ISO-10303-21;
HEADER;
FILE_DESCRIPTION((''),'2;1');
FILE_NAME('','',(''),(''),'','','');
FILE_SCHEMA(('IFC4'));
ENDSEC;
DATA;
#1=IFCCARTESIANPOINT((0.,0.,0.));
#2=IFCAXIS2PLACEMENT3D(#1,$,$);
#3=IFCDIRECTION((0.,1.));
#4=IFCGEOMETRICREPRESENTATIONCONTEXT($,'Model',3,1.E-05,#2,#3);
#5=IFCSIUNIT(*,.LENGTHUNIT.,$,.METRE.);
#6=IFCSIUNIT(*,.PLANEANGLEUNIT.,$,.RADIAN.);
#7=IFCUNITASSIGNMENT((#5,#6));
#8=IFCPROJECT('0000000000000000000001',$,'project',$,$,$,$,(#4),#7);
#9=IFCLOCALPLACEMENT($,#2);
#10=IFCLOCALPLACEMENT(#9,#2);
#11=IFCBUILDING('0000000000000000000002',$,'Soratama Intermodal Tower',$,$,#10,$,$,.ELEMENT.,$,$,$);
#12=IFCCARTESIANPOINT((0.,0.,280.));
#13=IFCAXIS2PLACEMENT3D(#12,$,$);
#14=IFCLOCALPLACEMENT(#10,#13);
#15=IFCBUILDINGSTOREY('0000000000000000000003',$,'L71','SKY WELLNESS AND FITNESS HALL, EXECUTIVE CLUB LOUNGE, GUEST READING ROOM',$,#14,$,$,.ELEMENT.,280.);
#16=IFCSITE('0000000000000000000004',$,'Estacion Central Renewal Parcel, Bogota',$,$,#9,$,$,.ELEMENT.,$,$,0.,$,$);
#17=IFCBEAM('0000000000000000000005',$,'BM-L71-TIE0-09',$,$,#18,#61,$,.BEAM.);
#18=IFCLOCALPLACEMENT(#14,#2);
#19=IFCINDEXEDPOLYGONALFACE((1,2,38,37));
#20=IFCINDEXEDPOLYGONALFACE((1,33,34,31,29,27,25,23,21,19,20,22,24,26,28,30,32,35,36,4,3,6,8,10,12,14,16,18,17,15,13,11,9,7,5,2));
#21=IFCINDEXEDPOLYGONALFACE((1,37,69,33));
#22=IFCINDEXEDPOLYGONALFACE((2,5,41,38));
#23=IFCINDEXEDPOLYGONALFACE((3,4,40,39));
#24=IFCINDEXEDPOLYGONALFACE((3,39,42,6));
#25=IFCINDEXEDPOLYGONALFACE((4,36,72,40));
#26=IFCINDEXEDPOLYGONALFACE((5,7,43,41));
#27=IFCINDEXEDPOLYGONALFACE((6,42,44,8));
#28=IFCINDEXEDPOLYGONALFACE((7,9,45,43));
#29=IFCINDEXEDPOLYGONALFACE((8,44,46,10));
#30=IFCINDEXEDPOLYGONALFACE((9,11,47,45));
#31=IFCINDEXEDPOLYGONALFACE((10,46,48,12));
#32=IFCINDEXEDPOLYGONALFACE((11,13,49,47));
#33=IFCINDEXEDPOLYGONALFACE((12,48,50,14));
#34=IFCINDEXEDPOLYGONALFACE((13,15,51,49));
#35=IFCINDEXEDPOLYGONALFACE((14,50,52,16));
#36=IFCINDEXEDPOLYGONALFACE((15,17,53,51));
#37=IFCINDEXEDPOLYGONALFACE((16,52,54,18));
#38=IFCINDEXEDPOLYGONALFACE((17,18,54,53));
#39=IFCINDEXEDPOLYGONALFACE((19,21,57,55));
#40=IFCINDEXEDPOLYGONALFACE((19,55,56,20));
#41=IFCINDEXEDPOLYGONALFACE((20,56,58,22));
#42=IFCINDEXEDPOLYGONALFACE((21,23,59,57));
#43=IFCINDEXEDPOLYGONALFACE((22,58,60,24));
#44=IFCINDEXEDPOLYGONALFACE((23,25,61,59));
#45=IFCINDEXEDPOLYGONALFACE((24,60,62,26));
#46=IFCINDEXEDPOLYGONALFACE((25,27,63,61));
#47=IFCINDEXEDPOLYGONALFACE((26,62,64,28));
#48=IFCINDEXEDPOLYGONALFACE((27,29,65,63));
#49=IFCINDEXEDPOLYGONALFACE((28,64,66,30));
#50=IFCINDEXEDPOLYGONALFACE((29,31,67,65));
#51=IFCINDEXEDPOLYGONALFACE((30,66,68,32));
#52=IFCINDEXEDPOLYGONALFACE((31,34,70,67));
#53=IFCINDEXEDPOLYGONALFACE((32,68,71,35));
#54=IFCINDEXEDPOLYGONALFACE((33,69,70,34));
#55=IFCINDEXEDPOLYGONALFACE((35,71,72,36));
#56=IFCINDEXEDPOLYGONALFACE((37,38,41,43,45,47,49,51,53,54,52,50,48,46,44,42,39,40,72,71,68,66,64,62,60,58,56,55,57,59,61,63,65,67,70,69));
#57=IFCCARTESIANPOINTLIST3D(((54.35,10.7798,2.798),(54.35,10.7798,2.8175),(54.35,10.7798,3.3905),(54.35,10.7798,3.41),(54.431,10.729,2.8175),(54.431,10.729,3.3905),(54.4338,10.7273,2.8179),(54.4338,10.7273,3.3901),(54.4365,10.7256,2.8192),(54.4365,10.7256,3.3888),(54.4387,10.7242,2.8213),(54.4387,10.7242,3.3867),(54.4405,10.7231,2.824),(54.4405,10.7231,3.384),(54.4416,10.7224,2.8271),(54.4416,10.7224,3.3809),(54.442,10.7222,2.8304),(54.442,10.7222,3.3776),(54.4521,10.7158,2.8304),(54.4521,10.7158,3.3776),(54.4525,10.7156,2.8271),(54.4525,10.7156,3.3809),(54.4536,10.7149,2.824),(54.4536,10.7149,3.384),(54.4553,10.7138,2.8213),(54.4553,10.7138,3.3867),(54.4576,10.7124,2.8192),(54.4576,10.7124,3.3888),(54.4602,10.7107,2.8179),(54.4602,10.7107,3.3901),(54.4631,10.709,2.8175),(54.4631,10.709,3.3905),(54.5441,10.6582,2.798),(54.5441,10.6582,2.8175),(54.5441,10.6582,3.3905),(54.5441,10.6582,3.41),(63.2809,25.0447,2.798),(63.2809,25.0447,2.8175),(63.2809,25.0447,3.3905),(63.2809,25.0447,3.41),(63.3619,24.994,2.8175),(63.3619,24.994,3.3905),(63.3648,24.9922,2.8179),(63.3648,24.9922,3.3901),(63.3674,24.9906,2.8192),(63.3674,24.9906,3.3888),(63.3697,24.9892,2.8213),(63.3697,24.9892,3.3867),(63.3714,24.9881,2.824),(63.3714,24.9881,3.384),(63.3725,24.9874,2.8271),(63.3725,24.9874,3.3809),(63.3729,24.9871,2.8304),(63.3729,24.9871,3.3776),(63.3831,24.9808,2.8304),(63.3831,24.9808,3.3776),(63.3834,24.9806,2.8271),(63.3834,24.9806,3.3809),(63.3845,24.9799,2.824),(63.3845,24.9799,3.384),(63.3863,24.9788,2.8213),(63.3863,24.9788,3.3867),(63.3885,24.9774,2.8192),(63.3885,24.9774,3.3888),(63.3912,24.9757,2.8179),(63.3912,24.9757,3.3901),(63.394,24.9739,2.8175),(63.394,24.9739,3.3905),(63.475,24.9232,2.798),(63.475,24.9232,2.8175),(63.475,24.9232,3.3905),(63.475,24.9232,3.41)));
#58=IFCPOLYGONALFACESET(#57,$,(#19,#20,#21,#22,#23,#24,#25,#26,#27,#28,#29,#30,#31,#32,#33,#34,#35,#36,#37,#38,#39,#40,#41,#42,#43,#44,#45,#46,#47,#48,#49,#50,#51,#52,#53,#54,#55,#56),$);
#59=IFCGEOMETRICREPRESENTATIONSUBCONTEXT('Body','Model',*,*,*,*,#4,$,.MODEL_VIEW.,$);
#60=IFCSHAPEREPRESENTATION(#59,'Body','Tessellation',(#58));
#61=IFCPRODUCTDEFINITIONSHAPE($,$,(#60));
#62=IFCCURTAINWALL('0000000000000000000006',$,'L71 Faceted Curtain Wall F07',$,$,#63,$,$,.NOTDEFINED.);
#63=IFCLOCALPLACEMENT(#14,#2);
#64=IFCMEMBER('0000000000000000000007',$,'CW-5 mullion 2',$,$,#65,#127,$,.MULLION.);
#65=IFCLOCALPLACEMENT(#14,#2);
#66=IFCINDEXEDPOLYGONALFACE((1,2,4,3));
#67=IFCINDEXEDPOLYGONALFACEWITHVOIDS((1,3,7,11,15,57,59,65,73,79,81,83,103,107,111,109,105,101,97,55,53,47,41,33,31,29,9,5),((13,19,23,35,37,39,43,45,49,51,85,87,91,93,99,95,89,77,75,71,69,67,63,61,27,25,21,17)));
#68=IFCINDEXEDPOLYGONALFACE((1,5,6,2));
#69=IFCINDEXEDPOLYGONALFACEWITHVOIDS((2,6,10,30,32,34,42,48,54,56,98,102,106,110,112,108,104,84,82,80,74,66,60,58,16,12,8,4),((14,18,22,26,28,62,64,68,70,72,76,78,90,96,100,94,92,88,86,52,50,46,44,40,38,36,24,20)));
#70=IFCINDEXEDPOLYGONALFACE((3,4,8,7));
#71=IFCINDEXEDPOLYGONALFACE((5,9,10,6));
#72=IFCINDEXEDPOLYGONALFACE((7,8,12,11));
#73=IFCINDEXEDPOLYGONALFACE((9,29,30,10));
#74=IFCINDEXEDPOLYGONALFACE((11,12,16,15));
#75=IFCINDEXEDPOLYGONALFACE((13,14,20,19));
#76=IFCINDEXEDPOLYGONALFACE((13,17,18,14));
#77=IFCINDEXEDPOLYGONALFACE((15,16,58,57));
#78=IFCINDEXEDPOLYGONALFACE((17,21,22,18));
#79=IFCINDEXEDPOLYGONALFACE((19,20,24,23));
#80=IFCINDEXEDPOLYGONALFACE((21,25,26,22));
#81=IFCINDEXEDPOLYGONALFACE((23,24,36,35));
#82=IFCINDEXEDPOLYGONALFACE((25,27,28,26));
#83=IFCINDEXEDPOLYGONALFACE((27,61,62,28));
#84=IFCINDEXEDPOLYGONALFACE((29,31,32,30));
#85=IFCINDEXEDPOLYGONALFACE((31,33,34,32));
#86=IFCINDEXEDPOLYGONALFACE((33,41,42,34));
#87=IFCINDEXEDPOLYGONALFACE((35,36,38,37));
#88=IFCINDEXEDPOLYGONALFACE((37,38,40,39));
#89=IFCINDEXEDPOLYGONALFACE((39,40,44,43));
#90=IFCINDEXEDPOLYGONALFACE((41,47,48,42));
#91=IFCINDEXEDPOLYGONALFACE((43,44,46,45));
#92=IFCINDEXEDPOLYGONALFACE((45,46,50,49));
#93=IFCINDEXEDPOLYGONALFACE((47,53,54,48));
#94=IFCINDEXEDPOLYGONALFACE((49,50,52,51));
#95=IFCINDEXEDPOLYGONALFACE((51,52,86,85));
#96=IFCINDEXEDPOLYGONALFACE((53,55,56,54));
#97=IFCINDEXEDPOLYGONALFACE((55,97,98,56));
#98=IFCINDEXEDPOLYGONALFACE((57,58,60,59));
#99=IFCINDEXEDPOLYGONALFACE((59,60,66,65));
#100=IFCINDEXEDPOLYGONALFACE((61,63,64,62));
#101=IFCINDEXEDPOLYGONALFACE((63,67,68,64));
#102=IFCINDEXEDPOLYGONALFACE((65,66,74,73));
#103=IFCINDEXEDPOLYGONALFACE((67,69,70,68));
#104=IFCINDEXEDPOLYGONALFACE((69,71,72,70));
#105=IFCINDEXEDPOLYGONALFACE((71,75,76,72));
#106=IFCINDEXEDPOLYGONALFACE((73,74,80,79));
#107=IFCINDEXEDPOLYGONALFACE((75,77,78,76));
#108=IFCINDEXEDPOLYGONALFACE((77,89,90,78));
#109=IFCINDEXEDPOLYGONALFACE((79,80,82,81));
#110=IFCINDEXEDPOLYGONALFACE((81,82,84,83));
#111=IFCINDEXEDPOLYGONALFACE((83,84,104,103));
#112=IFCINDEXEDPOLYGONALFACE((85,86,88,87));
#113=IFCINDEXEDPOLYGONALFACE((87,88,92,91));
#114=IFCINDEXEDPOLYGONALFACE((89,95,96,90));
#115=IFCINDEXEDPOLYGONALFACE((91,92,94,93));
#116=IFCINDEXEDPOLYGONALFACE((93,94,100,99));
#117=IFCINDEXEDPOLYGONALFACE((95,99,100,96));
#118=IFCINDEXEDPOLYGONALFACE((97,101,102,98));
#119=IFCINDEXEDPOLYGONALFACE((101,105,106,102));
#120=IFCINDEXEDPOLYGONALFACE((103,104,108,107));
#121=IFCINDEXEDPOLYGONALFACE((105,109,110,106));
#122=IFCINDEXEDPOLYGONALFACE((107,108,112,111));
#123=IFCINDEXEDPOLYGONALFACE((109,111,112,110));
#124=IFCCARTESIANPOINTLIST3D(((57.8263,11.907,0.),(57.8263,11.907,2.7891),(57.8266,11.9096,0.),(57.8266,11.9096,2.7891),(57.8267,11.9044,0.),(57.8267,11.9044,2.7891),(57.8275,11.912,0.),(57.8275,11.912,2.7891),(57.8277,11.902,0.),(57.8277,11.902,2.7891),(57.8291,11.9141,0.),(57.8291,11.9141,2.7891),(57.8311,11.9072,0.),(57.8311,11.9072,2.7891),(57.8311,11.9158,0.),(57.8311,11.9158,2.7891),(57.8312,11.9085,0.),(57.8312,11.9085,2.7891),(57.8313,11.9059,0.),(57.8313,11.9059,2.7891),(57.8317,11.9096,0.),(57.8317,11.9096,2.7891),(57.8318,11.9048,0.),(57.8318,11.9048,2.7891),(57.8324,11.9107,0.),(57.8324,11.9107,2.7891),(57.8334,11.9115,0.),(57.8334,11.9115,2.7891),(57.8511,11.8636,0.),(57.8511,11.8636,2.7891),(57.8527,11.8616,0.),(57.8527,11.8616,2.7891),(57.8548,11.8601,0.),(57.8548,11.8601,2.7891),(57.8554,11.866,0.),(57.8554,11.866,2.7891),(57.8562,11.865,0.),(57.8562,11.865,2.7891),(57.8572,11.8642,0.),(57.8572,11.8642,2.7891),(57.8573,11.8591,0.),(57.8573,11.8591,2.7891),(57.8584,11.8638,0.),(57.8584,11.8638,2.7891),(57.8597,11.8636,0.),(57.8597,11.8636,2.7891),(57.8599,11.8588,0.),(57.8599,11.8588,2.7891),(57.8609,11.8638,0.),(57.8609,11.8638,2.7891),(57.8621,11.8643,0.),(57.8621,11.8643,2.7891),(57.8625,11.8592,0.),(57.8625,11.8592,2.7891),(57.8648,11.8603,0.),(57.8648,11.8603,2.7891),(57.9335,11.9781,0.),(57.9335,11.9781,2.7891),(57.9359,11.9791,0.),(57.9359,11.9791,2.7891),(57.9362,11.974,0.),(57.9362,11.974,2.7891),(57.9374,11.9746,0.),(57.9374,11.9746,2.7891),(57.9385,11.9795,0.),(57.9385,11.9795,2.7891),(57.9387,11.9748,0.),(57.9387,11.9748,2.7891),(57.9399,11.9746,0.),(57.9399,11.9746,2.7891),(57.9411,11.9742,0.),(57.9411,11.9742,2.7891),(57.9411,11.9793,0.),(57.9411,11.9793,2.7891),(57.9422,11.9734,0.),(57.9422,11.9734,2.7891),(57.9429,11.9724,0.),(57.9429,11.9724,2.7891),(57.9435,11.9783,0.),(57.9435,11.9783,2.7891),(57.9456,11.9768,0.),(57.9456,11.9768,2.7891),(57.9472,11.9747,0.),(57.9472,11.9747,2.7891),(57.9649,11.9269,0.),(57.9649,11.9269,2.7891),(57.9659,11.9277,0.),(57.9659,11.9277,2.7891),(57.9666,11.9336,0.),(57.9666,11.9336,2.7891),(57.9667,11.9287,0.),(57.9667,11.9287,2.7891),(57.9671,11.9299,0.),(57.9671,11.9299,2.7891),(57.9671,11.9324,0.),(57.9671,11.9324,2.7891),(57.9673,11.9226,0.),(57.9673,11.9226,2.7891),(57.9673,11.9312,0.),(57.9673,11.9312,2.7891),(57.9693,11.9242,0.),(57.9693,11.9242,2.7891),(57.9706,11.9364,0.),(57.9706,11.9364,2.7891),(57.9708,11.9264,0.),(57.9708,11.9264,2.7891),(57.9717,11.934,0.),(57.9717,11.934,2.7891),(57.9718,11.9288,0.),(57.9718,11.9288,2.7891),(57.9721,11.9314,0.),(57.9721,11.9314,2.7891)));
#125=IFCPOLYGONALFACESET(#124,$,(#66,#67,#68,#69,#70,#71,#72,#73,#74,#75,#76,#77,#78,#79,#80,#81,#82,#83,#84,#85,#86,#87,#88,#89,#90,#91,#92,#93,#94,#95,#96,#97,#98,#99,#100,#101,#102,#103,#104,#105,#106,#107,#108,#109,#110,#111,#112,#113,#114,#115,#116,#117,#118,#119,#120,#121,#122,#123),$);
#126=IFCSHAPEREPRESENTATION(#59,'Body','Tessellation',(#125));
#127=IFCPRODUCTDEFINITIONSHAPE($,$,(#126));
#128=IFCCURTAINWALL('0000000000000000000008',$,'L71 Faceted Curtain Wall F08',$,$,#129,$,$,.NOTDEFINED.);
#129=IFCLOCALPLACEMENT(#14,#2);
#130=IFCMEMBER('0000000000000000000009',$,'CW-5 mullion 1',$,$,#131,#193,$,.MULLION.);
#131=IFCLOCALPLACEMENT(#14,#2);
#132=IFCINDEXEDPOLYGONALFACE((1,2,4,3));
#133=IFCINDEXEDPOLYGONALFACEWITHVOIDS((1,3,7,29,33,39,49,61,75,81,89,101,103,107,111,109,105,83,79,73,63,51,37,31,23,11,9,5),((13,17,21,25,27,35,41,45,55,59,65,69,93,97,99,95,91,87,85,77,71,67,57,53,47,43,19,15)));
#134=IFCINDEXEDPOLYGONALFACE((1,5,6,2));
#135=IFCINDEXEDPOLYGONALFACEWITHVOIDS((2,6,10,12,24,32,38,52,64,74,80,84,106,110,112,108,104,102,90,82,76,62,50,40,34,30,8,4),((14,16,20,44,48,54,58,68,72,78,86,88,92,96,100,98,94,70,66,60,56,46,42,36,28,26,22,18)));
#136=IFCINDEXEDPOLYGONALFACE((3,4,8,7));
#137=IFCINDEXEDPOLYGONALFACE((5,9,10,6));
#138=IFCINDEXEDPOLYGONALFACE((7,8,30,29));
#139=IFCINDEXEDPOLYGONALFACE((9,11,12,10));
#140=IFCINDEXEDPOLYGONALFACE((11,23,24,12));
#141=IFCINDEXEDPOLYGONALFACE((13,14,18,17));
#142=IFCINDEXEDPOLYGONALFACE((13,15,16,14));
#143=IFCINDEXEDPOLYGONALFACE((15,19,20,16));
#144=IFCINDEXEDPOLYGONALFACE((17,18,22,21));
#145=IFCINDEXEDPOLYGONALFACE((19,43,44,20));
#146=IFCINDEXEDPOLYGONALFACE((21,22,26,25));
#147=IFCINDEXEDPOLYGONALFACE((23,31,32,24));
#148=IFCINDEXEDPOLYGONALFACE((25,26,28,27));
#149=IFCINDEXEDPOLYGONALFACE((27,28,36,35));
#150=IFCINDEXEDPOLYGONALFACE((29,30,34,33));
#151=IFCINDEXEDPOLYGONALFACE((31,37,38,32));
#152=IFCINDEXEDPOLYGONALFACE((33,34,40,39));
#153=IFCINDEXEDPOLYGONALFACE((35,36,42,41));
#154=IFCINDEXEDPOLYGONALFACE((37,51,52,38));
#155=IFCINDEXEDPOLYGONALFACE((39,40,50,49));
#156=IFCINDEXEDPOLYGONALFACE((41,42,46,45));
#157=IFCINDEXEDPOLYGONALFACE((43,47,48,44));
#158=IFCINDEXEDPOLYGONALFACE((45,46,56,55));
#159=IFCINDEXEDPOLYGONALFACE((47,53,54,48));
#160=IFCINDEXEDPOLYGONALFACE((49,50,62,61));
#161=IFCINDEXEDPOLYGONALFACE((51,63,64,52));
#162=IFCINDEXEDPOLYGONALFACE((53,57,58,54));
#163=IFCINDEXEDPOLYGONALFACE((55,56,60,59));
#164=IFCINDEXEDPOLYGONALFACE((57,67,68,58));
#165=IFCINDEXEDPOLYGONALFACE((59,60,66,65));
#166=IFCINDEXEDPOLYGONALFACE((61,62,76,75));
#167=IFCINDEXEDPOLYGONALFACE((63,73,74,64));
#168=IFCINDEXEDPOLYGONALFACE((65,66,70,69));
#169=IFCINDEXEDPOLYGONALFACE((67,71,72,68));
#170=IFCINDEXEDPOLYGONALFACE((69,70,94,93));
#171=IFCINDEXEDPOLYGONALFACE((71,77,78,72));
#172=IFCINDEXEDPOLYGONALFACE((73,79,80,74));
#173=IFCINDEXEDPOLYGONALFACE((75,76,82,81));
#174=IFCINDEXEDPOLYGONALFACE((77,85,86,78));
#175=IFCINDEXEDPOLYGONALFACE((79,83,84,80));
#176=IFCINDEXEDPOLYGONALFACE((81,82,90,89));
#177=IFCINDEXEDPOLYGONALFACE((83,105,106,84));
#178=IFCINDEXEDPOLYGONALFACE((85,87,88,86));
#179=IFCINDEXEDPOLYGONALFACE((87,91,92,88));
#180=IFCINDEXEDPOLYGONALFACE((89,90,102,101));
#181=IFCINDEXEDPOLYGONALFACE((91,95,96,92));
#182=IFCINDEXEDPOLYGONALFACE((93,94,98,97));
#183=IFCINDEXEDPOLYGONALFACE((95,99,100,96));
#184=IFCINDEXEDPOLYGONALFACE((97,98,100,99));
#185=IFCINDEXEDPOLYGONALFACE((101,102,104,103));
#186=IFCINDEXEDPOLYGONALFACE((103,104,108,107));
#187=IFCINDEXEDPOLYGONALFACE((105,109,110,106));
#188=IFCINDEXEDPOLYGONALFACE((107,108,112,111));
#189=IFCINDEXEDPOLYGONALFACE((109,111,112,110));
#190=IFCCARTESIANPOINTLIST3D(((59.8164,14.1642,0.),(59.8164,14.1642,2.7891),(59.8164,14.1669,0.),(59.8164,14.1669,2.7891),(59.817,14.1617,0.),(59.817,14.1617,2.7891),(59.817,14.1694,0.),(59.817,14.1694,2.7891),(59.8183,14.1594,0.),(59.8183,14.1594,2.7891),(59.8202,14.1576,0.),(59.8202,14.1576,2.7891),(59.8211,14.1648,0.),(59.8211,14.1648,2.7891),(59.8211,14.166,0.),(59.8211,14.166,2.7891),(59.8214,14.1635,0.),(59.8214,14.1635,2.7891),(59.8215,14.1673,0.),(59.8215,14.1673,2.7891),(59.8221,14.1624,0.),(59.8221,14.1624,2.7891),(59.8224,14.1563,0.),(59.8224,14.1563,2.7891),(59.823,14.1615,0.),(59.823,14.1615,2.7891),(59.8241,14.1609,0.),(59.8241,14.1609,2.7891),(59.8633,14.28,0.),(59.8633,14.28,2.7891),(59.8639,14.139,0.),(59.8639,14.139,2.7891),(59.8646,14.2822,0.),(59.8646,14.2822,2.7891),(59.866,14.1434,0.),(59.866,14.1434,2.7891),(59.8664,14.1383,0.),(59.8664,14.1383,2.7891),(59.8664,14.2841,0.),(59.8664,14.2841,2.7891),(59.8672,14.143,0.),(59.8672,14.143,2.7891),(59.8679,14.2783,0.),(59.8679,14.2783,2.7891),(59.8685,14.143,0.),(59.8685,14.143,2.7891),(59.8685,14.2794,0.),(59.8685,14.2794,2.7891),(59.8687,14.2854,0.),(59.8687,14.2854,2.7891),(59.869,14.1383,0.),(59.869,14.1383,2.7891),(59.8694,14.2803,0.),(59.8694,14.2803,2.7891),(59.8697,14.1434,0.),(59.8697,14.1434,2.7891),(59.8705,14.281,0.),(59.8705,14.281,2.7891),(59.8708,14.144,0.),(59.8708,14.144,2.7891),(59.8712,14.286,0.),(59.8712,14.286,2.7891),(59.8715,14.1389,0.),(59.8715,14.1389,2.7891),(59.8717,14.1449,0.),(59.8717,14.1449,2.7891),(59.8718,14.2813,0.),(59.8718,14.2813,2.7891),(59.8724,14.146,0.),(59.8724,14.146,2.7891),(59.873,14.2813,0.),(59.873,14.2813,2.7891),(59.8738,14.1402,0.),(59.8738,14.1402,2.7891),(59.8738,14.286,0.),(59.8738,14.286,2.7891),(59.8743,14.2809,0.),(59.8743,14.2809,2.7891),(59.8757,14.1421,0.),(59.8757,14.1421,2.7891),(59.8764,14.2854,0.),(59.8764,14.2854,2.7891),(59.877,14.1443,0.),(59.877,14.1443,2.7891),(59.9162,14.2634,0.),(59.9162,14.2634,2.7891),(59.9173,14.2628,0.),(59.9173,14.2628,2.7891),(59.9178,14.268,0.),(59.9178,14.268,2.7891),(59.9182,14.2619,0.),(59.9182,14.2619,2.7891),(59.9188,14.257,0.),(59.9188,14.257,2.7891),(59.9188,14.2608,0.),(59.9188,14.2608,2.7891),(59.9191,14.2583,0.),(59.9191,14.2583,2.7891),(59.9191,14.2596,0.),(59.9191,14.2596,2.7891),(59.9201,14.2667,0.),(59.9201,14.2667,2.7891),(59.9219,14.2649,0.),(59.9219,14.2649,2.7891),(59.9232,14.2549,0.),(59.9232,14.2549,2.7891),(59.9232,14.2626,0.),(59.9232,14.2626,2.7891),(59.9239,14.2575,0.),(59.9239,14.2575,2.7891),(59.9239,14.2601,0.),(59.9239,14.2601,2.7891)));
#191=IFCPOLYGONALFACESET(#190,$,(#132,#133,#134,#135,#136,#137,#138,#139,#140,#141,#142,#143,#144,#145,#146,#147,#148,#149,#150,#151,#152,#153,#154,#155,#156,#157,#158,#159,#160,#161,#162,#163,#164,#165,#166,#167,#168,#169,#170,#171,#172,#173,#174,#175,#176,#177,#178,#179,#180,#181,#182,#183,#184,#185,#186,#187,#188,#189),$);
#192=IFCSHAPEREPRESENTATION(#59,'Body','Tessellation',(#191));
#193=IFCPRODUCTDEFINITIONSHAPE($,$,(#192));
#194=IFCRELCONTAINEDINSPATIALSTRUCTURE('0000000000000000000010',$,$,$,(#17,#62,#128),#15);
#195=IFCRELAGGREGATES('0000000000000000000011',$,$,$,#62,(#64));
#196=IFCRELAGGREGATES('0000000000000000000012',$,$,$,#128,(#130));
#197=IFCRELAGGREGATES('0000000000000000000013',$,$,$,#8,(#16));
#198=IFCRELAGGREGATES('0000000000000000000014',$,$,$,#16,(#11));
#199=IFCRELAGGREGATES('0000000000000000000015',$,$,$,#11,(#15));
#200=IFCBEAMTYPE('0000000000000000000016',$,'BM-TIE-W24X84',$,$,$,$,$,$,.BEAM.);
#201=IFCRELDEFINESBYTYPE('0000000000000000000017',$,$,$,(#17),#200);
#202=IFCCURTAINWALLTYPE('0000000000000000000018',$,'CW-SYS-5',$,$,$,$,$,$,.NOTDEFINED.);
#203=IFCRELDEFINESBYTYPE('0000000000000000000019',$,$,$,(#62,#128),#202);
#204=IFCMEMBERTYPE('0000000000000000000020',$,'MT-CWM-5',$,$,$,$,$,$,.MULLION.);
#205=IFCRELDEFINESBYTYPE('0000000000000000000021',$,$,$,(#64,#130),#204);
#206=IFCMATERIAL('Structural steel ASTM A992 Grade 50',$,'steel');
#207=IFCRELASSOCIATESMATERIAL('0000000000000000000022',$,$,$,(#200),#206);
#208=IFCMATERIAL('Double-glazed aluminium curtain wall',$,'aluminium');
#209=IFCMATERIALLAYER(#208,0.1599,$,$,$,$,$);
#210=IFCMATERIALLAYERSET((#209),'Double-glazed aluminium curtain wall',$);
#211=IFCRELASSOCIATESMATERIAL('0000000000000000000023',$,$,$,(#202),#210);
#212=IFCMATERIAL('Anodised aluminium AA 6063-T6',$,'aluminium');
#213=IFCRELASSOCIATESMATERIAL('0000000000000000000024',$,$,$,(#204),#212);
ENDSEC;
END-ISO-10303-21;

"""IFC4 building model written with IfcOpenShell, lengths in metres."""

from ifc_helpers import new_model, si_unit, direction, frame, origin, origin_2d, place, context, subcontext, project, spatial, hollow_rectangle, i_section, extrude, material, layer, layer_set, material_profile, profile_set, type_object, element, aggregate, save


model = new_model("IFC4")

# Units and contexts
model_context = context("Model", 3, precision=1e-05, world=origin(), true_north=direction((0.0, 1.0)))
body_context = subcontext(model_context, "Body", "Model", "MODEL_VIEW")
ifc_project = project(units=[si_unit("LENGTHUNIT", "METRE"), si_unit("PLANEANGLEUNIT", "RADIAN")], contexts=[model_context])

# Site, building, storey
site_placement = place(None, origin())
site = spatial("IfcSite", under=ifc_project, at=site_placement, Name="Estacion Central Renewal Parcel, Bogota", CompositionType="ELEMENT", RefElevation=0.0)
building_placement = place(site_placement, origin())
building = spatial("IfcBuilding", under=site, at=building_placement, Name="Soratama Intermodal Tower", CompositionType="ELEMENT")
storey_placement = place(building_placement, frame((0.0, 0.0, 280.0)))
storey = spatial("IfcBuildingStorey", under=building, at=storey_placement, Name="L71", Description="SKY WELLNESS AND FITNESS HALL, EXECUTIVE CLUB LOUNGE, GUEST READING ROOM", CompositionType="ELEMENT", Elevation=280.0)

# Beam
ifc_material_1 = material(Name="Structural steel ASTM A992 Grade 50", Category="steel")
ifc_material_profile_1 = material_profile(ifc_material_1, i_section(OverallWidth=0.229, OverallDepth=0.6121, WebThickness=0.012, FlangeThickness=0.0195, FilletRadius=0.0129, at=origin_2d()), Name="W24X84")
ifc_profile_set_1 = profile_set([ifc_material_profile_1], Name="Structural steel ASTM A992 Grade 50")
beam_type_1 = type_object("IfcBeamType", Name="BM-TIE-W24X84", PredefinedType="BEAM", material=ifc_profile_set_1)
beam_1_placement = place(storey_placement, frame((54.447, 10.719, 3.104), z_axis=(0.530655, 0.847588, 0.0), x_axis=(-0.847588, 0.530655, 0.0)))
element("IfcBeam", 1, at=beam_1_placement, inside=storey, type_object=beam_type_1, Name="BM-L71-TIE0-09", PredefinedType="BEAM", context=body_context, shape_type="SweptSolid", body=[
    extrude(i_section(OverallWidth=0.229, OverallDepth=0.6121, WebThickness=0.012, FlangeThickness=0.0195, FilletRadius=0.0129, at=origin_2d()), origin(), (0.0, 0.0, 1.0), 16.8301),
])

# Curtain wall, member
ifc_material_2 = material(Name="Double-glazed aluminium curtain wall", Category="aluminium")
ifc_layer_1 = layer(ifc_material_2, 0.1599)
ifc_layer_set_1 = layer_set([ifc_layer_1], Name="Double-glazed aluminium curtain wall")
curtain_wall_type = type_object("IfcCurtainWallType", Name="CW-SYS-5", PredefinedType="NOTDEFINED", material=ifc_layer_set_1)
curtain_wall_1_placement = place(storey_placement, origin())
curtain_wall_1 = element("IfcCurtainWall", 2, at=curtain_wall_1_placement, inside=storey, type_object=curtain_wall_type, Name="L71 Faceted Curtain Wall F07", PredefinedType="NOTDEFINED")
ifc_material_3 = material(Name="Anodised aluminium AA 6063-T6", Category="aluminium")
ifc_material_profile_2 = material_profile(ifc_material_3, hollow_rectangle(XDim=0.0649, YDim=0.1399, WallThickness=0.0049, InnerFilletRadius=0.0049, OuterFilletRadius=0.01, at=origin_2d()), Name="CWM140X65X5")
ifc_profile_set_2 = profile_set([ifc_material_profile_2], Name="Anodised aluminium AA 6063-T6")
member_type_1 = type_object("IfcMemberType", Name="MT-CWM-5", PredefinedType="MULLION", material=ifc_profile_set_2)
member_1_placement = place(storey_placement, frame((57.8992, 11.9192, 0.0), z_axis=(0.0, 0.0, 1.0), x_axis=(-0.519813, 0.85428, 0.0)))
member_1 = element("IfcMember", 3, at=member_1_placement, type_object=member_type_1, Name="CW-5 mullion 2", PredefinedType="MULLION", context=body_context, shape_type="SweptSolid", body=[
    extrude(hollow_rectangle(XDim=0.0649, YDim=0.1399, WallThickness=0.0049, InnerFilletRadius=0.0049, OuterFilletRadius=0.01, at=origin_2d()), origin(), (0.0, 0.0, 1.0), 2.7891),
])

# Curtain wall, member
curtain_wall_2_placement = place(storey_placement, origin())
curtain_wall_2 = element("IfcCurtainWall", 4, at=curtain_wall_2_placement, inside=storey, type_object=curtain_wall_type, Name="L71 Faceted Curtain Wall F08", PredefinedType="NOTDEFINED")
member_2_placement = place(storey_placement, frame((59.8701, 14.2122, 0.0), z_axis=(0.0, 0.0, 1.0), x_axis=(-0.922673, 0.385583, 0.0)))
member_2 = element("IfcMember", 5, at=member_2_placement, type_object=member_type_1, Name="CW-5 mullion 1", PredefinedType="MULLION", context=body_context, shape_type="SweptSolid", body=[
    extrude(hollow_rectangle(XDim=0.0649, YDim=0.1399, WallThickness=0.0049, InnerFilletRadius=0.0049, OuterFilletRadius=0.01, at=origin_2d()), origin(), (0.0, 0.0, 1.0), 2.7891),
])

aggregate(curtain_wall_1, [member_1])
aggregate(curtain_wall_2, [member_2])

save(model, "model.ifc")
